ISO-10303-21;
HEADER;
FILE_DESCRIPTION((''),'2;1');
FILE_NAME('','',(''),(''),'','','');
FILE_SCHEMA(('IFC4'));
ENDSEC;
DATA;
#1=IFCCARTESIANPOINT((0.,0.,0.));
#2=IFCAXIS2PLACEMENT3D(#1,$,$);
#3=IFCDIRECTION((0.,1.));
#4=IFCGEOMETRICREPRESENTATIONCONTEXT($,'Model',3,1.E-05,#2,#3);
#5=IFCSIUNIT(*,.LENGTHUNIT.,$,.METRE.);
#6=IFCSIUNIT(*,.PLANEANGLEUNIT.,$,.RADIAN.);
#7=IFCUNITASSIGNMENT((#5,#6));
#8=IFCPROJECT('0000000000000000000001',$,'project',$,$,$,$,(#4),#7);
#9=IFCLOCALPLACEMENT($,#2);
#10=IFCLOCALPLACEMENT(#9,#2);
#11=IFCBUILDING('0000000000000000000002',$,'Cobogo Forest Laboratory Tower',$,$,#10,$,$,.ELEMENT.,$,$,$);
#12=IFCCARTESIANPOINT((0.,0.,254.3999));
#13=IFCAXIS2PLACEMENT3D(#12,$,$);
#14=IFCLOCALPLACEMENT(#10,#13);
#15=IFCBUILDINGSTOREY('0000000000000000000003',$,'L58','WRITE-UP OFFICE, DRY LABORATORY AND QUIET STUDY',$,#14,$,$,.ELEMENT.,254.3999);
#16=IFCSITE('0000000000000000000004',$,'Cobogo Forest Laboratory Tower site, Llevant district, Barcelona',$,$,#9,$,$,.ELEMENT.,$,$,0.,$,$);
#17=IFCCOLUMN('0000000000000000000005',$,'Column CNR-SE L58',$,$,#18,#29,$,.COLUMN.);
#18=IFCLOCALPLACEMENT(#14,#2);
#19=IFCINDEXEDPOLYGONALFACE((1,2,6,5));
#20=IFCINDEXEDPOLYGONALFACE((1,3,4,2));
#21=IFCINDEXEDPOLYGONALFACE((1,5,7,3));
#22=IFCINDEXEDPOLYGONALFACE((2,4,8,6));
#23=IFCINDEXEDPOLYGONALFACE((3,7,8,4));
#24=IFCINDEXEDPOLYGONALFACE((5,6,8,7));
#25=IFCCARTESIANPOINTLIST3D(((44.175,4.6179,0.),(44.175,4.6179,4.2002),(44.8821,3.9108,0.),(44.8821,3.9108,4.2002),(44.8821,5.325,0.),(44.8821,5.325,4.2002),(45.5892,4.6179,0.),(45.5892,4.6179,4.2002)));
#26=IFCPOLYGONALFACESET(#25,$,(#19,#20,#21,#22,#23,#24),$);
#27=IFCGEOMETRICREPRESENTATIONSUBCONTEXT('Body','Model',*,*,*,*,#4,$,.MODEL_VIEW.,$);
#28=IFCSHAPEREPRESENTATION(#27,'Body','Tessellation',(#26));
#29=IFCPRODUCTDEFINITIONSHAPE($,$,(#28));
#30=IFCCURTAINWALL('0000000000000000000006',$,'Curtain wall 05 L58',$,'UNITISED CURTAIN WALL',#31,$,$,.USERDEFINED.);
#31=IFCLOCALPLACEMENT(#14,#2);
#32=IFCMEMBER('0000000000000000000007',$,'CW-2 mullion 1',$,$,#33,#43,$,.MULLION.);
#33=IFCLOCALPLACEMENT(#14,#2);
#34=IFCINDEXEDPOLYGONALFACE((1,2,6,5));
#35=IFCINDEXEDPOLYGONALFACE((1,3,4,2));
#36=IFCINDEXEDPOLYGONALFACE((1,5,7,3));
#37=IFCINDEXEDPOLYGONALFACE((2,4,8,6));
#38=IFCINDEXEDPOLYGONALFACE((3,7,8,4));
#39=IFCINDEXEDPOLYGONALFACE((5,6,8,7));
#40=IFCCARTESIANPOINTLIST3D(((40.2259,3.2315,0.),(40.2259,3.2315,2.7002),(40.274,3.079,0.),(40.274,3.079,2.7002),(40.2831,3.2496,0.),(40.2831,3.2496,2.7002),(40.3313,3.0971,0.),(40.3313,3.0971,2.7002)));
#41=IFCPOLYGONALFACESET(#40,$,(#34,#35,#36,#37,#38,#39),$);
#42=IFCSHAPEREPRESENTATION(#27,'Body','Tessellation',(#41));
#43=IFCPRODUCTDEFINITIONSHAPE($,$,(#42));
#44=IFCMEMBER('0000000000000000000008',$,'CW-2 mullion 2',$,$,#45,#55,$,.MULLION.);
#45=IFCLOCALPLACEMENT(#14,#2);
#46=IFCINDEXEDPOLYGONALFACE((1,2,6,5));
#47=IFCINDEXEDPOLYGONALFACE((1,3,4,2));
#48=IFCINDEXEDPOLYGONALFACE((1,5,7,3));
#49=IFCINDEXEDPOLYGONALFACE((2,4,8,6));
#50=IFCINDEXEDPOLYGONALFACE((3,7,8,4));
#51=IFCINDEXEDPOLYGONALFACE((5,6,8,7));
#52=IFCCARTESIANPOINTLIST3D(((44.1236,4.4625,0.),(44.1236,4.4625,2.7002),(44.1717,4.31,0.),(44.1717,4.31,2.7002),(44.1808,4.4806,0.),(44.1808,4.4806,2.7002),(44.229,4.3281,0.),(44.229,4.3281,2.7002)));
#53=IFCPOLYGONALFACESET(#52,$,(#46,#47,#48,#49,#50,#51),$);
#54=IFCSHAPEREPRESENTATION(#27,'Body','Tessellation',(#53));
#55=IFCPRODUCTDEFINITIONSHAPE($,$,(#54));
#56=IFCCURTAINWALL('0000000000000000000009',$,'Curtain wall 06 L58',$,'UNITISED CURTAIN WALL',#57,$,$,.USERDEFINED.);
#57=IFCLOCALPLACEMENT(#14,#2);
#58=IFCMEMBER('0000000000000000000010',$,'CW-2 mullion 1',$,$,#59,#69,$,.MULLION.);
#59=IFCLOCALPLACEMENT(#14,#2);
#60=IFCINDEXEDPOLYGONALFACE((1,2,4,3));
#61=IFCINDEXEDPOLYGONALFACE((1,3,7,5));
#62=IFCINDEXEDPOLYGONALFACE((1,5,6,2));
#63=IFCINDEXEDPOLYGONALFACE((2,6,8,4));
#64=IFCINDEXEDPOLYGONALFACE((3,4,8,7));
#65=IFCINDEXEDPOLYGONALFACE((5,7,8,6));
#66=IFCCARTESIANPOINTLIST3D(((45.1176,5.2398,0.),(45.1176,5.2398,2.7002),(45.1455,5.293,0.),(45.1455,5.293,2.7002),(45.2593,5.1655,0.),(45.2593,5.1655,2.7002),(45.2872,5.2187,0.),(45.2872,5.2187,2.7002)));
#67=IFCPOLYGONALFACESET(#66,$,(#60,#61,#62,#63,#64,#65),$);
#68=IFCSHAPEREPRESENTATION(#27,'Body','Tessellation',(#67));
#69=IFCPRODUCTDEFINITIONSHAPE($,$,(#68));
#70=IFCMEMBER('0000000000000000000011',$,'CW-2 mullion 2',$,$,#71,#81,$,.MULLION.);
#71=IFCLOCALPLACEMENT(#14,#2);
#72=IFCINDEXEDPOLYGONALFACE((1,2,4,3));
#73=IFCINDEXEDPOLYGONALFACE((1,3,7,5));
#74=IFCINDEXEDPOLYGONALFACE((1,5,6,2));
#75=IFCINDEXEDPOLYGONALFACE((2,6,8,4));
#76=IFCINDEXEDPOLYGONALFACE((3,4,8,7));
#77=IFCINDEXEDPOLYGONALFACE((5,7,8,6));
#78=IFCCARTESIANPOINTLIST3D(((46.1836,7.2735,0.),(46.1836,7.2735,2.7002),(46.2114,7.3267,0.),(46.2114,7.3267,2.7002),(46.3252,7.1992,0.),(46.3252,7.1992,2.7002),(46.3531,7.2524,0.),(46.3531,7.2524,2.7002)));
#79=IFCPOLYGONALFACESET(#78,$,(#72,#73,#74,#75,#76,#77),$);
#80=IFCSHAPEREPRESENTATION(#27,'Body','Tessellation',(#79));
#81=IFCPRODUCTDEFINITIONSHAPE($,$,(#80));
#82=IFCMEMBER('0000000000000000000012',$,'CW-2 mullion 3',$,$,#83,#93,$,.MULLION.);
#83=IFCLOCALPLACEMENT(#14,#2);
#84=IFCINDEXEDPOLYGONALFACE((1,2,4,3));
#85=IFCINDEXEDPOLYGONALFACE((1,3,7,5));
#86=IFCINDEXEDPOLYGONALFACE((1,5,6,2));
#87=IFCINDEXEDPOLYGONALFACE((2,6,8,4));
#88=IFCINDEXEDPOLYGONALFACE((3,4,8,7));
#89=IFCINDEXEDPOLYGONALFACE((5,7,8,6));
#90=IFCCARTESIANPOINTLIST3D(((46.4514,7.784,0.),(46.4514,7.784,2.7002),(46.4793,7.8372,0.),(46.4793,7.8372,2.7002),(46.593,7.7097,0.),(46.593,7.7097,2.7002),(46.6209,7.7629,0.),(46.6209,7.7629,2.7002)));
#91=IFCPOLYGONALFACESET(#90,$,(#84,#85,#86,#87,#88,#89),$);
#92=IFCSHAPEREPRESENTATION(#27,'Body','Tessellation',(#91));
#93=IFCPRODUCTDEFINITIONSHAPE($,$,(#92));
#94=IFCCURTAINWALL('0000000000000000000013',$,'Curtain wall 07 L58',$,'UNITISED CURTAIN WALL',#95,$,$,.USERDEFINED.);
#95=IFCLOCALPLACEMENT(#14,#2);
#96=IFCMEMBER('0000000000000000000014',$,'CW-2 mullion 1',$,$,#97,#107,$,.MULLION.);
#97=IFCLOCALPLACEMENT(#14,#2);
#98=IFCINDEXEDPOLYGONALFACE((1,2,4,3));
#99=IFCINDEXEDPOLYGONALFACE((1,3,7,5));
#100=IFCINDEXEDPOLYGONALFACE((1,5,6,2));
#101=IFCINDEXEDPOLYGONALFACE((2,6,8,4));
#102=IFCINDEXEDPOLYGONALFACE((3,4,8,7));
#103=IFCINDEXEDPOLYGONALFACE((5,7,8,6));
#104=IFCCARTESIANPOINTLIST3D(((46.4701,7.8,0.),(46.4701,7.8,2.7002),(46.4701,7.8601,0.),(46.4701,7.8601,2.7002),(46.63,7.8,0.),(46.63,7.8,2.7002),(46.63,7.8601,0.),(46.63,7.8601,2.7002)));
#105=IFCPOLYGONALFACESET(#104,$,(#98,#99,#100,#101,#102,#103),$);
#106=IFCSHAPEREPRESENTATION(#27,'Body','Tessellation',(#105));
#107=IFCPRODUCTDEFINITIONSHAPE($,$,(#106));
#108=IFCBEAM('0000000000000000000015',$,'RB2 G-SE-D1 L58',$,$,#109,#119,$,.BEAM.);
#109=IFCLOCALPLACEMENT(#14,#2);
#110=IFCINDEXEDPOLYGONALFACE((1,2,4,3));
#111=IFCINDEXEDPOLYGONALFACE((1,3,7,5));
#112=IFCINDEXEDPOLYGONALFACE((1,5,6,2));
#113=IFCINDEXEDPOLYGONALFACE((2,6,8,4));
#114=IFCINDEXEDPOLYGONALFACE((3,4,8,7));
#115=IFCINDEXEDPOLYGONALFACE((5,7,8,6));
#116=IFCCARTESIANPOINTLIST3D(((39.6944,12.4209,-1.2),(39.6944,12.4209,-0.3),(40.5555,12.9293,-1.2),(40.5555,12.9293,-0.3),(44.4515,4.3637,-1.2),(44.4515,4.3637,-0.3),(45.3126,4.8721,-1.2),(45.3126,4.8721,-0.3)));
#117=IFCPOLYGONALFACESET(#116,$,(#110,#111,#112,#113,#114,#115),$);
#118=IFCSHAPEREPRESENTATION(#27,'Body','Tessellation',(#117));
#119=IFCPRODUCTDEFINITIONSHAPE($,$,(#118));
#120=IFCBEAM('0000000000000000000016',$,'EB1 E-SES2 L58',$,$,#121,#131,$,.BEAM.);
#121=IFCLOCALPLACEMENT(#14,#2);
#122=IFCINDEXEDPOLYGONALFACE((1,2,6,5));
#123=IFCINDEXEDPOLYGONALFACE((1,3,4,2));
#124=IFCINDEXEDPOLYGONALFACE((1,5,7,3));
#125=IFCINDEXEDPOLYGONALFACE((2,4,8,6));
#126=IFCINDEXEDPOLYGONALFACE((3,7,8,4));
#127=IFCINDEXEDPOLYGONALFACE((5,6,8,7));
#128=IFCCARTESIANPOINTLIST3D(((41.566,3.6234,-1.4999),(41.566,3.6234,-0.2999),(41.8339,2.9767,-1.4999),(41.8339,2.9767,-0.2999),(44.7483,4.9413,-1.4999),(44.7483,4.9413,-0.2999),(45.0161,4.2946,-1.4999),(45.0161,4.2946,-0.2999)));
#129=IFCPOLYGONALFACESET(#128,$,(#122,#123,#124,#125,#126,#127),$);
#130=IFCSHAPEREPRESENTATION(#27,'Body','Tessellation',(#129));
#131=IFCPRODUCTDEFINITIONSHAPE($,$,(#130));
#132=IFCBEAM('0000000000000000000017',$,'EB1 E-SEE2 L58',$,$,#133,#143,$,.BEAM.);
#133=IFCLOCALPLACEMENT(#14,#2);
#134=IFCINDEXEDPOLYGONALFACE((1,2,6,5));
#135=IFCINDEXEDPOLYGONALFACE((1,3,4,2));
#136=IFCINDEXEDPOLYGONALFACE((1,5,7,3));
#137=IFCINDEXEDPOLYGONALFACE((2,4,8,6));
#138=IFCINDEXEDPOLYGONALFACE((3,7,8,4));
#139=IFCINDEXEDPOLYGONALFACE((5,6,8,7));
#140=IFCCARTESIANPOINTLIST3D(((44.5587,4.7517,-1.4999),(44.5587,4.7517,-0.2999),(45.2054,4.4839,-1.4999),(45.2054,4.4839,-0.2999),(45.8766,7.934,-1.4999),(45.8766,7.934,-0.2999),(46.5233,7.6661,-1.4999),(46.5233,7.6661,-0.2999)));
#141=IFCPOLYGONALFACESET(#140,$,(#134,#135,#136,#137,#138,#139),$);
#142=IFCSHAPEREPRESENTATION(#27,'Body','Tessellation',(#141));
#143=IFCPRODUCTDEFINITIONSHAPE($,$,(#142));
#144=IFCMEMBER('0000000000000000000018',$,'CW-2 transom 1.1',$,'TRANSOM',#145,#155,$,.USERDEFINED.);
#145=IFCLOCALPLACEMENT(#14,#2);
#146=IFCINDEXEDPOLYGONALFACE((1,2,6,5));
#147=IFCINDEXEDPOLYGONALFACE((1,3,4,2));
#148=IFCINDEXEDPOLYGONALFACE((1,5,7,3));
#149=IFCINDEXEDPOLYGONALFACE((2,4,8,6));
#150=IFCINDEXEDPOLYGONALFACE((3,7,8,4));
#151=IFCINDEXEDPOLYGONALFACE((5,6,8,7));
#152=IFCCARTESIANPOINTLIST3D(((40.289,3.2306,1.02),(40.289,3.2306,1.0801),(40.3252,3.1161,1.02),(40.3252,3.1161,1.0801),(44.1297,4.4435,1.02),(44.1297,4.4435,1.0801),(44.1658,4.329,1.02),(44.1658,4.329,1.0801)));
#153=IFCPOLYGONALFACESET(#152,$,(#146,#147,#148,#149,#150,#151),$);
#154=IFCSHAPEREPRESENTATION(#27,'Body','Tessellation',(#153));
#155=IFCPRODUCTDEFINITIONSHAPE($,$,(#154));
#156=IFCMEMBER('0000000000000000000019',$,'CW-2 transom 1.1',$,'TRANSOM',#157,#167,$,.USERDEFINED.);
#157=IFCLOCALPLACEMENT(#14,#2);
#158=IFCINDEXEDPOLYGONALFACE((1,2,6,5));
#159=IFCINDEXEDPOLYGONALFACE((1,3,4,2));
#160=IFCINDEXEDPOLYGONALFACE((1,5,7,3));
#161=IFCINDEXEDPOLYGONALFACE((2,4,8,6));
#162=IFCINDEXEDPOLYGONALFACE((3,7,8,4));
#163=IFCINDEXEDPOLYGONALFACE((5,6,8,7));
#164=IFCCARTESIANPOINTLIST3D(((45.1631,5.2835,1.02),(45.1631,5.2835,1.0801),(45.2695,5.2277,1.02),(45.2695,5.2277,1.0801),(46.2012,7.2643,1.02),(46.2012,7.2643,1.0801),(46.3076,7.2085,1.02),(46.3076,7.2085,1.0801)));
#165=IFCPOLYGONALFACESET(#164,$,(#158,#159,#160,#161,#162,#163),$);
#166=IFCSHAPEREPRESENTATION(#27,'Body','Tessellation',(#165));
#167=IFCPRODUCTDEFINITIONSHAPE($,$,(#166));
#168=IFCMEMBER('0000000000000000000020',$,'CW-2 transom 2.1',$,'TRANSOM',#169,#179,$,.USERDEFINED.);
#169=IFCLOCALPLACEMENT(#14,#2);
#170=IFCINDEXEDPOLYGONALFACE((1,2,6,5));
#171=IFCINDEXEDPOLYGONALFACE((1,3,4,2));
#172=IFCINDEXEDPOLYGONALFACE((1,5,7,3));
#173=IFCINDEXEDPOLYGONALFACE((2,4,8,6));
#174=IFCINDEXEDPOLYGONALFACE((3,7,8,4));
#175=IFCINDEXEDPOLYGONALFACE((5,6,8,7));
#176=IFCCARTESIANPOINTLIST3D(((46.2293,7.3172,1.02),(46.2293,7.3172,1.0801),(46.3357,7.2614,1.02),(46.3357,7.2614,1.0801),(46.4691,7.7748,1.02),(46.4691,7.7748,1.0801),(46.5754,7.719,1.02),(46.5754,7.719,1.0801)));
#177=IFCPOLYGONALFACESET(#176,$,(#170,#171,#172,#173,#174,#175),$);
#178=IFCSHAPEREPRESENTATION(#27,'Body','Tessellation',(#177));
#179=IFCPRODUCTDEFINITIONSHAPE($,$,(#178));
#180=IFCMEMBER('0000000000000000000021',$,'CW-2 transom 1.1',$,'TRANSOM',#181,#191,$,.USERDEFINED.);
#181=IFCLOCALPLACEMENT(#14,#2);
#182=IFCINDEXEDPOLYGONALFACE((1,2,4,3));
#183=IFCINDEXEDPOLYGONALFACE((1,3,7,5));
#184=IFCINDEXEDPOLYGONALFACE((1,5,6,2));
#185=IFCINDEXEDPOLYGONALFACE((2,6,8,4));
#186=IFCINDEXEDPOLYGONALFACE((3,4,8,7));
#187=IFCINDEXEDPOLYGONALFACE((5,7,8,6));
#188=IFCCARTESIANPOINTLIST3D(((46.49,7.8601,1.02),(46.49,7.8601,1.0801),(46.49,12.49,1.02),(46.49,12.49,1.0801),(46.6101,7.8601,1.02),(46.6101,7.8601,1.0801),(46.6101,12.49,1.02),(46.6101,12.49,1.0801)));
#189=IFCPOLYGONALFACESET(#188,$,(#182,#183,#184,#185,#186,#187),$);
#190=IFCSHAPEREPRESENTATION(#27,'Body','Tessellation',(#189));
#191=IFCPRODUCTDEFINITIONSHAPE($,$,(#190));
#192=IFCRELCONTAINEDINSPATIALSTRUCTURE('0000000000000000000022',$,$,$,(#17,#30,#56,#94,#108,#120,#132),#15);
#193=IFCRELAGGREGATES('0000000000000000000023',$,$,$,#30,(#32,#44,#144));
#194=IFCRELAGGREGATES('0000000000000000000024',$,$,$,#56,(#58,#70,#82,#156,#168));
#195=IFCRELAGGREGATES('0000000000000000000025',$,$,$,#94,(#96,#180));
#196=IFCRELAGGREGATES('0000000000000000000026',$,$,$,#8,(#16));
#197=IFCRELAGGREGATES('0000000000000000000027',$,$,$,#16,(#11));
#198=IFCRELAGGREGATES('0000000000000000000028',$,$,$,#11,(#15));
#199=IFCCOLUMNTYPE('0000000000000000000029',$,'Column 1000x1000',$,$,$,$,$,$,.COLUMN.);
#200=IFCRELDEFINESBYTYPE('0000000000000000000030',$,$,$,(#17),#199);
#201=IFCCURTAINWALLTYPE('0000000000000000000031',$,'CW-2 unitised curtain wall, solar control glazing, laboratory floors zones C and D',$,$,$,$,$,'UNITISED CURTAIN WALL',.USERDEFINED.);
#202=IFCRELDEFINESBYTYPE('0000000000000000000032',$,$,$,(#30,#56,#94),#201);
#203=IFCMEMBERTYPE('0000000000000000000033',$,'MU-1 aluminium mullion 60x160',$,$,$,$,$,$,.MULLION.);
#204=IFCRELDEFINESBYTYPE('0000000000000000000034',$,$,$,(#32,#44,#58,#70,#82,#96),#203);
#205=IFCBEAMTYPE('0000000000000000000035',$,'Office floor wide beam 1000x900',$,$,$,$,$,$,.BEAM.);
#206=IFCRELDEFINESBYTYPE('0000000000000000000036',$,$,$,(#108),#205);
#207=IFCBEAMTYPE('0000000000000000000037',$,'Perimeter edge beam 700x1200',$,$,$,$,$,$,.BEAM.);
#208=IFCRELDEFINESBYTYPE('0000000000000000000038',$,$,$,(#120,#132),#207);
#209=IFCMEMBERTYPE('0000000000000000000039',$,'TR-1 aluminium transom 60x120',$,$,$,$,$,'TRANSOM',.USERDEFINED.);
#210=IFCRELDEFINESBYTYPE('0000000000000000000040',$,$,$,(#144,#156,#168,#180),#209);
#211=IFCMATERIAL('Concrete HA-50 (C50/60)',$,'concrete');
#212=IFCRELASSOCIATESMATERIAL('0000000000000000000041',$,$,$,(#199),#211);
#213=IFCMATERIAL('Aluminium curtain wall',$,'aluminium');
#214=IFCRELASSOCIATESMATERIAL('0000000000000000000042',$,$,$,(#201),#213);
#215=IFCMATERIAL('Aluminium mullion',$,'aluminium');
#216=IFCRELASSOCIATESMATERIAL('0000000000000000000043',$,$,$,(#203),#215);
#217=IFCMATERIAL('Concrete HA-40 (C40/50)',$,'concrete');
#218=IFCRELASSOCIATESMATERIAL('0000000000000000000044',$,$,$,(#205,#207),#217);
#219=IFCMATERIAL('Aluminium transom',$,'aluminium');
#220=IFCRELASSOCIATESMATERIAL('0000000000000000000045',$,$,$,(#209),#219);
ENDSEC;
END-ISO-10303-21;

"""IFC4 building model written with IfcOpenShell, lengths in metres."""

from ifc_helpers import new_model, si_unit, direction, frame, origin, origin_2d, place, context, subcontext, project, spatial, rectangle, extrude, material, material_profile, profile_set, type_object, element, aggregate, save


model = new_model("IFC4")

# Units and contexts
model_context = context("Model", 3, precision=1e-05, world=origin(), true_north=direction((0.0, 1.0)))
body_context = subcontext(model_context, "Body", "Model", "MODEL_VIEW")
ifc_project = project(units=[si_unit("LENGTHUNIT", "METRE"), si_unit("PLANEANGLEUNIT", "RADIAN")], contexts=[model_context])

# Site, building, storey
site_placement = place(None, origin())
site = spatial("IfcSite", under=ifc_project, at=site_placement, Name="Cobogo Forest Laboratory Tower site, Llevant district, Barcelona", CompositionType="ELEMENT", RefElevation=0.0)
building_placement = place(site_placement, origin())
building = spatial("IfcBuilding", under=site, at=building_placement, Name="Cobogo Forest Laboratory Tower", CompositionType="ELEMENT")
storey_placement = place(building_placement, frame((0.0, 0.0, 254.3999)))
storey = spatial("IfcBuildingStorey", under=building, at=storey_placement, Name="L58", Description="WRITE-UP OFFICE, DRY LABORATORY AND QUIET STUDY", CompositionType="ELEMENT", Elevation=254.3999)

# Column
ifc_material_1 = material(Name="Concrete HA-50 (C50/60)", Category="concrete")
ifc_material_profile_1 = material_profile(ifc_material_1, rectangle(XDim=1.0, YDim=1.0, at=origin_2d()), Name="RC 1000x1000")
ifc_profile_set_1 = profile_set([ifc_material_profile_1], Name="Concrete HA-50 (C50/60)")
column_type = type_object("IfcColumnType", Name="Column 1000x1000", PredefinedType="COLUMN", material=ifc_profile_set_1)
column_placement = place(storey_placement, frame((44.8821, 4.6179, 0.0), z_axis=(0.0, 0.0, 1.0), x_axis=(0.707107, 0.707107, 0.0)))
element("IfcColumn", 1, at=column_placement, inside=storey, type_object=column_type, Name="Column CNR-SE L58", PredefinedType="COLUMN", context=body_context, shape_type="SweptSolid", body=[
    extrude(rectangle(XDim=1.0, YDim=1.0, at=origin_2d()), origin(), (0.0, 0.0, 1.0), 4.2002),
])

# Curtain walls, members
ifc_material_2 = material(Name="Aluminium curtain wall", Category="aluminium")
curtain_wall_type = type_object("IfcCurtainWallType", Name="CW-2 unitised curtain wall, solar control glazing, laboratory floors zones C and D", ElementType="UNITISED CURTAIN WALL", PredefinedType="USERDEFINED", material=ifc_material_2)
curtain_wall_1_placement = place(storey_placement, origin())
curtain_wall_1 = element("IfcCurtainWall", 2, at=curtain_wall_1_placement, inside=storey, type_object=curtain_wall_type, Name="Curtain wall 05 L58", ObjectType="UNITISED CURTAIN WALL", PredefinedType="USERDEFINED")
ifc_material_3 = material(Name="Aluminium mullion", Category="aluminium")
ifc_material_profile_2 = material_profile(ifc_material_3, rectangle(XDim=0.0601, YDim=0.1599, at=origin_2d()), Name="AL 60x160")
ifc_profile_set_2 = profile_set([ifc_material_profile_2], Name="Aluminium mullion")
member_type_1 = type_object("IfcMemberType", Name="MU-1 aluminium mullion 60x160", PredefinedType="MULLION", material=ifc_profile_set_2)
member_1_placement = place(storey_placement, frame((40.2786, 3.1643, 0.0), z_axis=(0.0, 0.0, 1.0), x_axis=(0.953581, 0.301135, 0.0)))
member_1 = element("IfcMember", 3, at=member_1_placement, type_object=member_type_1, Name="CW-2 mullion 1", PredefinedType="MULLION", context=body_context, shape_type="SweptSolid", body=[
    extrude(rectangle(XDim=0.0601, YDim=0.1599, at=origin_2d()), origin(), (0.0, 0.0, 1.0), 2.7002),
])
member_2_placement = place(storey_placement, frame((44.1763, 4.3953, 0.0), z_axis=(0.0, 0.0, 1.0), x_axis=(0.953581, 0.301135, 0.0)))
member_2 = element("IfcMember", 4, at=member_2_placement, type_object=member_type_1, Name="CW-2 mullion 2", PredefinedType="MULLION", context=body_context, shape_type="SweptSolid", body=[
    extrude(rectangle(XDim=0.0601, YDim=0.1599, at=origin_2d()), origin(), (0.0, 0.0, 1.0), 2.7002),
])
curtain_wall_2_placement = place(storey_placement, origin())
curtain_wall_2 = element("IfcCurtainWall", 5, at=curtain_wall_2_placement, inside=storey, type_object=curtain_wall_type, Name="Curtain wall 06 L58", ObjectType="UNITISED CURTAIN WALL", PredefinedType="USERDEFINED")
member_3_placement = place(storey_placement, frame((45.2024, 5.2292, 0.0), z_axis=(0.0, 0.0, 1.0), x_axis=(0.464284, 0.885686, 0.0)))
member_3 = element("IfcMember", 6, at=member_3_placement, type_object=member_type_1, Name="CW-2 mullion 1", PredefinedType="MULLION", context=body_context, shape_type="SweptSolid", body=[
    extrude(rectangle(XDim=0.0601, YDim=0.1599, at=origin_2d()), origin(), (0.0, 0.0, 1.0), 2.7002),
])
member_4_placement = place(storey_placement, frame((46.2683, 7.2629, 0.0), z_axis=(0.0, 0.0, 1.0), x_axis=(0.464284, 0.885686, 0.0)))
member_4 = element("IfcMember", 7, at=member_4_placement, type_object=member_type_1, Name="CW-2 mullion 2", PredefinedType="MULLION", context=body_context, shape_type="SweptSolid", body=[
    extrude(rectangle(XDim=0.0601, YDim=0.1599, at=origin_2d()), origin(), (0.0, 0.0, 1.0), 2.7002),
])
member_5_placement = place(storey_placement, frame((46.5361, 7.7734, 0.0), z_axis=(0.0, 0.0, 1.0), x_axis=(0.464284, 0.885686, 0.0)))
member_5 = element("IfcMember", 8, at=member_5_placement, type_object=member_type_1, Name="CW-2 mullion 3", PredefinedType="MULLION", context=body_context, shape_type="SweptSolid", body=[
    extrude(rectangle(XDim=0.0601, YDim=0.1599, at=origin_2d()), origin(), (0.0, 0.0, 1.0), 2.7002),
])

# Curtain wall, member
curtain_wall_3_placement = place(storey_placement, origin())
curtain_wall_3 = element("IfcCurtainWall", 9, at=curtain_wall_3_placement, inside=storey, type_object=curtain_wall_type, Name="Curtain wall 07 L58", ObjectType="UNITISED CURTAIN WALL", PredefinedType="USERDEFINED")
member_6_placement = place(storey_placement, frame((46.55, 7.8301, 0.0), z_axis=(0.0, 0.0, 1.0), x_axis=(0.0, 1.0, 0.0)))
member_6 = element("IfcMember", 10, at=member_6_placement, type_object=member_type_1, Name="CW-2 mullion 1", PredefinedType="MULLION", context=body_context, shape_type="SweptSolid", body=[
    extrude(rectangle(XDim=0.0601, YDim=0.1599, at=origin_2d()), origin(), (0.0, 0.0, 1.0), 2.7002),
])

# Beams
ifc_material_4 = material(Name="Concrete HA-40 (C40/50)", Category="concrete")
ifc_material_profile_3 = material_profile(ifc_material_4, rectangle(XDim=1.0, YDim=0.8999, at=origin_2d()), Name="RC 1000x900")
ifc_profile_set_3 = profile_set([ifc_material_profile_3], Name="Concrete HA-40 (C40/50)")
beam_type_1 = type_object("IfcBeamType", Name="Office floor wide beam 1000x900", PredefinedType="BEAM", material=ifc_profile_set_3)
beam_placement = place(storey_placement, frame((44.8821, 4.6179, -0.75), z_axis=(-0.508416, 0.861111, 0.0), x_axis=(-0.861111, -0.508416, 0.0)))
element("IfcBeam", 11, at=beam_placement, inside=storey, type_object=beam_type_1, Name="RB2 G-SE-D1 L58", PredefinedType="BEAM", context=body_context, shape_type="SweptSolid", body=[
    extrude(rectangle(XDim=1.0, YDim=0.8999, at=origin_2d()), origin(), (0.0, 0.0, 1.0), 9.3567),
])
ifc_material_profile_4 = material_profile(ifc_material_4, rectangle(XDim=0.7, YDim=1.2, at=origin_2d()), Name="RC 700x1200")
ifc_profile_set_4 = profile_set([ifc_material_profile_4], Name="Concrete HA-40 (C40/50)")
beam_type_2 = type_object("IfcBeamType", Name="Perimeter edge beam 700x1200", PredefinedType="BEAM", material=ifc_profile_set_4)
for number, where, z_axis, x_axis, name in (
    (12, (41.7, 3.3, -0.8999), (0.923901, 0.382631, 0.0), (-0.382631, 0.923901, 0.0), "EB1 E-SES2 L58"),
    (13, (46.2, 7.8, -0.8999), (-0.382631, -0.923901, 0.0), (0.923901, -0.382631, 0.0), "EB1 E-SEE2 L58"),
):
    element("IfcBeam", number, at=place(storey_placement, frame(where, z_axis=z_axis, x_axis=x_axis)), inside=storey, type_object=beam_type_2, Name=name, PredefinedType="BEAM", context=body_context, shape_type="SweptSolid", body=[
        extrude(rectangle(XDim=0.7, YDim=1.2, at=origin_2d()), origin(), (0.0, 0.0, 1.0), 3.4443),
    ])

# Members
ifc_material_5 = material(Name="Aluminium transom", Category="aluminium")
ifc_material_profile_5 = material_profile(ifc_material_5, rectangle(XDim=0.1201, YDim=0.0601, at=origin_2d()), Name="AL 60x120")
ifc_profile_set_5 = profile_set([ifc_material_profile_5], Name="Aluminium transom")
member_type_2 = type_object("IfcMemberType", Name="TR-1 aluminium transom 60x120", ElementType="TRANSOM", PredefinedType="USERDEFINED", material=ifc_profile_set_5)
member_7_placement = place(storey_placement, frame((40.3071, 3.1733, 1.05), z_axis=(0.953577, 0.301149, 0.0), x_axis=(-0.301149, 0.953577, 0.0)))
member_7 = element("IfcMember", 14, at=member_7_placement, type_object=member_type_2, Name="CW-2 transom 1.1", ObjectType="TRANSOM", PredefinedType="USERDEFINED", context=body_context, shape_type="SweptSolid", body=[
    extrude(rectangle(XDim=0.1201, YDim=0.0601, at=origin_2d()), origin(), (0.0, 0.0, 1.0), 4.0276),
])
member_8_placement = place(storey_placement, frame((45.2163, 5.2556, 1.05), z_axis=(0.464207, 0.885727, 0.0), x_axis=(-0.885727, 0.464207, 0.0)))
member_8 = element("IfcMember", 15, at=member_8_placement, type_object=member_type_2, Name="CW-2 transom 1.1", ObjectType="TRANSOM", PredefinedType="USERDEFINED", context=body_context, shape_type="SweptSolid", body=[
    extrude(rectangle(XDim=0.1201, YDim=0.0601, at=origin_2d()), origin(), (0.0, 0.0, 1.0), 2.2363),
])
member_9_placement = place(storey_placement, frame((46.2825, 7.2893, 1.05), z_axis=(0.464148, 0.885758, 0.0), x_axis=(-0.885758, 0.464148, 0.0)))
member_9 = element("IfcMember", 16, at=member_9_placement, type_object=member_type_2, Name="CW-2 transom 2.1", ObjectType="TRANSOM", PredefinedType="USERDEFINED", context=body_context, shape_type="SweptSolid", body=[
    extrude(rectangle(XDim=0.1201, YDim=0.0601, at=origin_2d()), origin(), (0.0, 0.0, 1.0), 0.5166),
])
member_10_placement = place(storey_placement, frame((46.55, 7.8601, 1.05), z_axis=(0.0, 1.0, 0.0), x_axis=(-1.0, 0.0, 0.0)))
member_10 = element("IfcMember", 17, at=member_10_placement, type_object=member_type_2, Name="CW-2 transom 1.1", ObjectType="TRANSOM", PredefinedType="USERDEFINED", context=body_context, shape_type="SweptSolid", body=[
    extrude(rectangle(XDim=0.1201, YDim=0.0601, at=origin_2d()), origin(), (0.0, 0.0, 1.0), 4.6299),
])

aggregate(curtain_wall_1, [member_1, member_2, member_7])
aggregate(curtain_wall_2, [member_3, member_4, member_5, member_8, member_9])
aggregate(curtain_wall_3, [member_6, member_10])

save(model, "model.ifc")
